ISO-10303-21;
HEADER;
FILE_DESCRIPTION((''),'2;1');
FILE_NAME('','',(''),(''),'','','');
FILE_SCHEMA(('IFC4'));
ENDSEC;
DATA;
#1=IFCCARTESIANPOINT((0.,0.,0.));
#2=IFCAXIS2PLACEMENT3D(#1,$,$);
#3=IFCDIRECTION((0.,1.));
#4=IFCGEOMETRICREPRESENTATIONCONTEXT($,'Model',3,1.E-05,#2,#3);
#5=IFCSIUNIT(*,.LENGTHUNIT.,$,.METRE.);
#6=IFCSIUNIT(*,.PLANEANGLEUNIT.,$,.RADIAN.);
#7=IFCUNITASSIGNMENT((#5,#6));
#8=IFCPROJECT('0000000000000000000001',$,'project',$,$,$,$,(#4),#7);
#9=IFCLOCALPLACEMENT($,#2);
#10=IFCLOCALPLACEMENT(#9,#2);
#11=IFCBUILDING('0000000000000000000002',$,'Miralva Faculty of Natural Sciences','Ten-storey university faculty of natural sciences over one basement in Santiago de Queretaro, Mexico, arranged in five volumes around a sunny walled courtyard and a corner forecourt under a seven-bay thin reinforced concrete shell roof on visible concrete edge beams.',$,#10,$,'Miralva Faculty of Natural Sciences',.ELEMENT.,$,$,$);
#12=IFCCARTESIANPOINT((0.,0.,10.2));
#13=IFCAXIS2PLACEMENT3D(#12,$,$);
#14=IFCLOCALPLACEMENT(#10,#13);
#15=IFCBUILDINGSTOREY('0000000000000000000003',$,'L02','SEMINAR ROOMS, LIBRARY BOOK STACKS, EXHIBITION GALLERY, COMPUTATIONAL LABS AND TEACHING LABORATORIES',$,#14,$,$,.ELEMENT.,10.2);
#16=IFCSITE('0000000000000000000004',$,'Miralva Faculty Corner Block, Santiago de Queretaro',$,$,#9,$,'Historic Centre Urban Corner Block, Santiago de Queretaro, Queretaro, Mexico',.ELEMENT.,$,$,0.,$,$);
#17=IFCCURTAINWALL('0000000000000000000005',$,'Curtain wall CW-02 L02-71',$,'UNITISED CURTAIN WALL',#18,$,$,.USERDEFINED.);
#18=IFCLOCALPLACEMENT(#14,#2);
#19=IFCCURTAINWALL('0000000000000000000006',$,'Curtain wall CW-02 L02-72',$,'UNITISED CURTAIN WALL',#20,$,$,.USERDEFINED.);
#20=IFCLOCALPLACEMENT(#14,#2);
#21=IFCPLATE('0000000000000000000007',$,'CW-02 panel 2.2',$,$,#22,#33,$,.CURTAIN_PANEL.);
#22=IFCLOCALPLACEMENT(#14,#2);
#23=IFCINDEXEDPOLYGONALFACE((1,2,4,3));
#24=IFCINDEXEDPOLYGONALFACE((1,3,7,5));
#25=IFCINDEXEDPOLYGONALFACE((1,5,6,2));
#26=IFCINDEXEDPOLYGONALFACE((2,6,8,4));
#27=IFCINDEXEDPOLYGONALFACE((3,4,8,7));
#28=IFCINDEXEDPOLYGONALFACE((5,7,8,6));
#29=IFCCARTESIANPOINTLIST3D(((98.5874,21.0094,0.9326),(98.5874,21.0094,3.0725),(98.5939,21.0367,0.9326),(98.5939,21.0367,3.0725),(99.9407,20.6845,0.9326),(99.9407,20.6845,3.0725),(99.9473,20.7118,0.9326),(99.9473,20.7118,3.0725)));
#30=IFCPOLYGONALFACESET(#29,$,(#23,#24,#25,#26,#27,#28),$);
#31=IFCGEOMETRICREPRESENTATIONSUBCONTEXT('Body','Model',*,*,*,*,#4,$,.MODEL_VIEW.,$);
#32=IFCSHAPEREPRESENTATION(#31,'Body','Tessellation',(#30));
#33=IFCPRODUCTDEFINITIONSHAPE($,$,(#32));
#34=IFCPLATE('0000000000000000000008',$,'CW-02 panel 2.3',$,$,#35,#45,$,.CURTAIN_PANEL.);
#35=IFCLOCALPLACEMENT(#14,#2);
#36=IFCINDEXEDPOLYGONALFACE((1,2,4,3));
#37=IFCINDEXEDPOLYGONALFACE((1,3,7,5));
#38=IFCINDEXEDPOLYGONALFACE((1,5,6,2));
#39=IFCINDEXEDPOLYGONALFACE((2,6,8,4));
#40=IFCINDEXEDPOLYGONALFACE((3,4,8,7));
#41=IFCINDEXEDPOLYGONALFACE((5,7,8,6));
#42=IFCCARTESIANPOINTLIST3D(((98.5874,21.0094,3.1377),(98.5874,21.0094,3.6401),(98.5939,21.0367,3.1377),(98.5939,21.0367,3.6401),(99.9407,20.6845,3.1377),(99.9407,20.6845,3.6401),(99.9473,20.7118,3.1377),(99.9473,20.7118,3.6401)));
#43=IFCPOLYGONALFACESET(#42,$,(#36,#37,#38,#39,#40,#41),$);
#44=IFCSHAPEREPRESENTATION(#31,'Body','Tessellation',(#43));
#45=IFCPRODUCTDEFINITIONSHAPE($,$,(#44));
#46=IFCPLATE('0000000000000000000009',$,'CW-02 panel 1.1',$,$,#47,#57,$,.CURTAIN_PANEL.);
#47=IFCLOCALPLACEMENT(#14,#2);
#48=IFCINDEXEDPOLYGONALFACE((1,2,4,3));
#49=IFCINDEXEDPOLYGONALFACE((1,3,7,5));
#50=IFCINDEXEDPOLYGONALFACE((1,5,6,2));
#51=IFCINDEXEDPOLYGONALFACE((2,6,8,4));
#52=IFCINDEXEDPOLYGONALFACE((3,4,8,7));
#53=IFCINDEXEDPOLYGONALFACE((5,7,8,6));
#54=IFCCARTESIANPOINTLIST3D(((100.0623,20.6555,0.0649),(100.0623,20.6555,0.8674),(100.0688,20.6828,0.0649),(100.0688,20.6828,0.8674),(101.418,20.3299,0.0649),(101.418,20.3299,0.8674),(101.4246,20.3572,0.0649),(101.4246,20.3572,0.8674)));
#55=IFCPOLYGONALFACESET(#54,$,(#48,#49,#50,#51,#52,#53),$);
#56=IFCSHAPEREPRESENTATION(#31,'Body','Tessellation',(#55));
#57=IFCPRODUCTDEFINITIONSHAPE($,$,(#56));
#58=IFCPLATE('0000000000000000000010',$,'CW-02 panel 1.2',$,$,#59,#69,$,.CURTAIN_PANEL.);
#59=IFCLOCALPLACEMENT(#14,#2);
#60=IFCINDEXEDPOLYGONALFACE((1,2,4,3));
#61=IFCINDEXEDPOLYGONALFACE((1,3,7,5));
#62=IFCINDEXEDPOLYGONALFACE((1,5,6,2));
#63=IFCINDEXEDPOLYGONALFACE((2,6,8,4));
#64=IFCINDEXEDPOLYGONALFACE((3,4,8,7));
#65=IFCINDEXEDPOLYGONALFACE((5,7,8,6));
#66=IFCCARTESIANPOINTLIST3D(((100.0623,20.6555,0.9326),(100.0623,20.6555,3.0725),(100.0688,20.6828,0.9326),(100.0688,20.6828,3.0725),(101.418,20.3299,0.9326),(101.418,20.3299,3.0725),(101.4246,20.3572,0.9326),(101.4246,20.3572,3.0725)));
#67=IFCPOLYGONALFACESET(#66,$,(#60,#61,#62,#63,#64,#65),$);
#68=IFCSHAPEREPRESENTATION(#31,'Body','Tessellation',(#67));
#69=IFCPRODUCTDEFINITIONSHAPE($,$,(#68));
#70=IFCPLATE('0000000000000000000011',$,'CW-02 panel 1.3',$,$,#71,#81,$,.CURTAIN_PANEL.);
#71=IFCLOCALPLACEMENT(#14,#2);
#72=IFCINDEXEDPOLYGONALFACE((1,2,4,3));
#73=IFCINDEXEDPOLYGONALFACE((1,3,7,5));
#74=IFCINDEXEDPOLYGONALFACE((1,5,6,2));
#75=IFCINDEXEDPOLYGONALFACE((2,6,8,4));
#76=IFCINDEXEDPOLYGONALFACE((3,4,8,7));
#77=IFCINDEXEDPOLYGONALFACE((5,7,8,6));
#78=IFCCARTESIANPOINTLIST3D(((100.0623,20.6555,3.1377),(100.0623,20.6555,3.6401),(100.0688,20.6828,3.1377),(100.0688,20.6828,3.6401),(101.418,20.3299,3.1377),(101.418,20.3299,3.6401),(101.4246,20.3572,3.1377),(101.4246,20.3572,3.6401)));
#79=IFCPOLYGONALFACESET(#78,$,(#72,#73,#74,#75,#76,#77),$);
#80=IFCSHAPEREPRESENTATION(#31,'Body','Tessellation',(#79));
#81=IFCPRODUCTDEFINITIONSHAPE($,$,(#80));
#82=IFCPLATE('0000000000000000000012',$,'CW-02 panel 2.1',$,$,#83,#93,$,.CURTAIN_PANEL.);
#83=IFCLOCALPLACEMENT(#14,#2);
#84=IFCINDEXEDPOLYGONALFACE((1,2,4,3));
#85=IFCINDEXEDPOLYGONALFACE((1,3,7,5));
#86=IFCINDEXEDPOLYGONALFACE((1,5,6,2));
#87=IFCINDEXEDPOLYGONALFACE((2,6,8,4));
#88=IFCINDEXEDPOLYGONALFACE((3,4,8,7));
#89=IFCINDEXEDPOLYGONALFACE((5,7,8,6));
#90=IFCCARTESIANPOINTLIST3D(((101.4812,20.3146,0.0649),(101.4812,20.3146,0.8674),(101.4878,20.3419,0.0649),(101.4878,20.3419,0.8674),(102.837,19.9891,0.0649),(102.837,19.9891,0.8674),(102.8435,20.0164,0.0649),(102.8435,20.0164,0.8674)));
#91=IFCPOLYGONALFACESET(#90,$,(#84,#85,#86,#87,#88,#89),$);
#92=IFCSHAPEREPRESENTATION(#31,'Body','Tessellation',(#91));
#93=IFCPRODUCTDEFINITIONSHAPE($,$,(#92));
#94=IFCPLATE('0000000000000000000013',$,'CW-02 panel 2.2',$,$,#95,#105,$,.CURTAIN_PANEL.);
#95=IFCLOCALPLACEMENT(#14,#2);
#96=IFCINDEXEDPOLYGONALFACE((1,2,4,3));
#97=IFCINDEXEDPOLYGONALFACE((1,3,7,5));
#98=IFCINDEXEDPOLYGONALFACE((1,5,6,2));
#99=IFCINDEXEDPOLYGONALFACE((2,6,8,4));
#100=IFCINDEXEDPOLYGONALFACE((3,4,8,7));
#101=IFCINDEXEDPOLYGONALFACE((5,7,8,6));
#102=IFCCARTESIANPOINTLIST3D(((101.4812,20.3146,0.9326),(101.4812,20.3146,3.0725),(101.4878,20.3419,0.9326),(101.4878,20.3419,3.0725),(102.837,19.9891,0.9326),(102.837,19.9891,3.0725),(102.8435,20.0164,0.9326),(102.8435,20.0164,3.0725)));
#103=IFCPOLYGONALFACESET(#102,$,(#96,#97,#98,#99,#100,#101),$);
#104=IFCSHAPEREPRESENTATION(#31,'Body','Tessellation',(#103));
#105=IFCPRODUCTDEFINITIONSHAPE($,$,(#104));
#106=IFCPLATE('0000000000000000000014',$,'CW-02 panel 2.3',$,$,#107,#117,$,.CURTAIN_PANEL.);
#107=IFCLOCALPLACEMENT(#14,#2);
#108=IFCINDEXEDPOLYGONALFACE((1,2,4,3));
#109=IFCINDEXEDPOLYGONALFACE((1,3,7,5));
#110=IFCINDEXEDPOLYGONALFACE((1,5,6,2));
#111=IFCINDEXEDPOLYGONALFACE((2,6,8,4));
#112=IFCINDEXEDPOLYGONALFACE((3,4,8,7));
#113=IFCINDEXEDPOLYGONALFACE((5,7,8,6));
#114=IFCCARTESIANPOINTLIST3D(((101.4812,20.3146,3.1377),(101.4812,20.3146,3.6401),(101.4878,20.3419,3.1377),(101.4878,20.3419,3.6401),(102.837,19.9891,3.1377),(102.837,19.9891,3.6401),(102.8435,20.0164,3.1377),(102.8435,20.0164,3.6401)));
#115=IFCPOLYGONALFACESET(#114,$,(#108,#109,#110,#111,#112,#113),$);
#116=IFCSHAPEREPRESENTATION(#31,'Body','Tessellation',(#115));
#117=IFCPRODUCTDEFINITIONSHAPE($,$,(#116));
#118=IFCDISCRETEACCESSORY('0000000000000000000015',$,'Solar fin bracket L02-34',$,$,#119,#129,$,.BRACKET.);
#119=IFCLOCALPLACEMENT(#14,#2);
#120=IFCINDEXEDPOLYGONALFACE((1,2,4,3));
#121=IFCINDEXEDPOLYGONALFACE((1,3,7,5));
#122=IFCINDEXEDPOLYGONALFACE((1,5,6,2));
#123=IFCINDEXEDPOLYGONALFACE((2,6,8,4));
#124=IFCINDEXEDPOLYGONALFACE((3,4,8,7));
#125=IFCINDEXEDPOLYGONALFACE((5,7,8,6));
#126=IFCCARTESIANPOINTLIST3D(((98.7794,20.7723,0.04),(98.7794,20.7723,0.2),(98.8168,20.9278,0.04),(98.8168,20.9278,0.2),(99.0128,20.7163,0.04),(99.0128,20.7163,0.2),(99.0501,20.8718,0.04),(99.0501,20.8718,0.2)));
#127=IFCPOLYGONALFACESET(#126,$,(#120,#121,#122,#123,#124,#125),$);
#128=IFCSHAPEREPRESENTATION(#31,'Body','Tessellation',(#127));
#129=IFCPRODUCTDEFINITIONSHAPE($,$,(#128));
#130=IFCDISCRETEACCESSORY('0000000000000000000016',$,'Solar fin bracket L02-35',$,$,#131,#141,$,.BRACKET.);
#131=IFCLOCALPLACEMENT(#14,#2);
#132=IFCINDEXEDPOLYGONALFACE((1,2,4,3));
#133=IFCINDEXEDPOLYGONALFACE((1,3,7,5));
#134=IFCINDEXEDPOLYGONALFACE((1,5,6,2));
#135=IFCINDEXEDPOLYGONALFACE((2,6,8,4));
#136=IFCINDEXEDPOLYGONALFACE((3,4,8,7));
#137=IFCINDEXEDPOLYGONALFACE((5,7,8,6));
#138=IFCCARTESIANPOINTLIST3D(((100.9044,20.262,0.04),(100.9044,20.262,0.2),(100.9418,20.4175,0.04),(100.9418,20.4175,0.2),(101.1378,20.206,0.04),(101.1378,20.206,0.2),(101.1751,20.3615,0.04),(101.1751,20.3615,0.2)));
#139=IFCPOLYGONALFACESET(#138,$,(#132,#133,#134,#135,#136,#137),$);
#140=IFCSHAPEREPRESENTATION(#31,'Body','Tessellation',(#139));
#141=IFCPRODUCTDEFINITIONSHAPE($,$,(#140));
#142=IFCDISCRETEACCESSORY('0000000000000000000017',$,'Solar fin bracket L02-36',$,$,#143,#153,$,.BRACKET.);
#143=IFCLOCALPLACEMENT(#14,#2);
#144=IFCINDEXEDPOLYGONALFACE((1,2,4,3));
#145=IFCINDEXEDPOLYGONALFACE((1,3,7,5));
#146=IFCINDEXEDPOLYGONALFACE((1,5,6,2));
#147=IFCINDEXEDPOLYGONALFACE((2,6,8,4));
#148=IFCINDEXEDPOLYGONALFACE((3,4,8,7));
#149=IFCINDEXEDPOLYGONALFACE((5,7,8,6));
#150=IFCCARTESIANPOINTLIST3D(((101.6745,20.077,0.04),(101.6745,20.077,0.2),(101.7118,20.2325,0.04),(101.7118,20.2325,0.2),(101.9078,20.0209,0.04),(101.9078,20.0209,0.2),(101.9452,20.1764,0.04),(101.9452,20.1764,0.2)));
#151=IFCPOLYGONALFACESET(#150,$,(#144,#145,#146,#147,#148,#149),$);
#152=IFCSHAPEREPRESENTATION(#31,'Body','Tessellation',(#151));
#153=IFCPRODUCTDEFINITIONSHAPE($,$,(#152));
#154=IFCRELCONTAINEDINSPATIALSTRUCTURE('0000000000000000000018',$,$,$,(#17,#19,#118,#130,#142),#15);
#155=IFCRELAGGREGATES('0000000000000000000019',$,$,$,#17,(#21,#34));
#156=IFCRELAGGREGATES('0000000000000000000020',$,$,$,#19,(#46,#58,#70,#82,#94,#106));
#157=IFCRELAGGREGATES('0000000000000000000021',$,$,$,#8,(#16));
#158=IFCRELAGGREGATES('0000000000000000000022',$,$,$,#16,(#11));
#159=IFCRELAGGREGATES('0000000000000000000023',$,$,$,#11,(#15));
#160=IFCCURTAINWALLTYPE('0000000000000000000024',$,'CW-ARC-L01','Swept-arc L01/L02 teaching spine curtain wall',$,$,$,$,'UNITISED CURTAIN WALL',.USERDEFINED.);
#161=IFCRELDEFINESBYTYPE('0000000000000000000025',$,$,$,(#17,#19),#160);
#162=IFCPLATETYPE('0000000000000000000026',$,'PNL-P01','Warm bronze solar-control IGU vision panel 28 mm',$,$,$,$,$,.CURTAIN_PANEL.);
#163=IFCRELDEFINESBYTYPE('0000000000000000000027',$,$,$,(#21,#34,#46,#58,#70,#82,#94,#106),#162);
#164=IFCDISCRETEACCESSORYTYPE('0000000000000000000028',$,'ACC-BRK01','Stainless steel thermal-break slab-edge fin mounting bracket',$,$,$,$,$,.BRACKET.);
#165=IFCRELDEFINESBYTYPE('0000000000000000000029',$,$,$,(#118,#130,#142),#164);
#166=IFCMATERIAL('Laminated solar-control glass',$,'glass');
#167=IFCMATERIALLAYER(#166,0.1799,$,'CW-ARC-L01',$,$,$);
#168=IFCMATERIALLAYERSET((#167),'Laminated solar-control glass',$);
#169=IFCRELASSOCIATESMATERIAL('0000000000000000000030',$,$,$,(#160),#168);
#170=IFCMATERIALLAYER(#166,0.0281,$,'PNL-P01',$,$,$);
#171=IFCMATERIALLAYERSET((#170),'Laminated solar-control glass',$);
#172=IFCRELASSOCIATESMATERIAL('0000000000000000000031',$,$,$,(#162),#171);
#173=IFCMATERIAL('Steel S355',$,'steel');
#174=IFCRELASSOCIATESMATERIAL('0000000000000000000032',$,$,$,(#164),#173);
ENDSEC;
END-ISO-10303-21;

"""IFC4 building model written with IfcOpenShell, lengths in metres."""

from ifc_helpers import new_model, si_unit, direction, frame, origin, origin_2d, place, context, subcontext, project, spatial, rectangle, extrude, material, layer, layer_set, type_object, element, aggregate, save


model = new_model("IFC4")

# Units and contexts
model_context = context("Model", 3, precision=1e-05, world=origin(), true_north=direction((0.0, 1.0)))
body_context = subcontext(model_context, "Body", "Model", "MODEL_VIEW")
ifc_project = project(units=[si_unit("LENGTHUNIT", "METRE"), si_unit("PLANEANGLEUNIT", "RADIAN")], contexts=[model_context])

# Site, building, storey
site_placement = place(None, origin())
site = spatial("IfcSite", under=ifc_project, at=site_placement, Name="Miralva Faculty Corner Block, Santiago de Queretaro", LongName="Historic Centre Urban Corner Block, Santiago de Queretaro, Queretaro, Mexico", CompositionType="ELEMENT", RefElevation=0.0)
building_placement = place(site_placement, origin())
building = spatial("IfcBuilding", under=site, at=building_placement, Name="Miralva Faculty of Natural Sciences", Description="Ten-storey university faculty of natural sciences over one basement in Santiago de Queretaro, Mexico, arranged in five volumes around a sunny walled courtyard and a corner forecourt under a seven-bay thin reinforced concrete shell roof on visible concrete edge beams.", LongName="Miralva Faculty of Natural Sciences", CompositionType="ELEMENT")
storey_placement = place(building_placement, frame((0.0, 0.0, 10.2)))
storey = spatial("IfcBuildingStorey", under=building, at=storey_placement, Name="L02", Description="SEMINAR ROOMS, LIBRARY BOOK STACKS, EXHIBITION GALLERY, COMPUTATIONAL LABS AND TEACHING LABORATORIES", CompositionType="ELEMENT", Elevation=10.2)

# Curtain walls
ifc_material_1 = material(Name="Laminated solar-control glass", Category="glass")
ifc_layer_1 = layer(ifc_material_1, 0.1799, Name="CW-ARC-L01")
ifc_layer_set_1 = layer_set([ifc_layer_1], Name="Laminated solar-control glass")
curtain_wall_type = type_object("IfcCurtainWallType", Name="CW-ARC-L01", Description="Swept-arc L01/L02 teaching spine curtain wall", ElementType="UNITISED CURTAIN WALL", PredefinedType="USERDEFINED", material=ifc_layer_set_1)
curtain_wall_1_placement = place(storey_placement, origin())
curtain_wall_1 = element("IfcCurtainWall", 1, at=curtain_wall_1_placement, inside=storey, type_object=curtain_wall_type, Name="Curtain wall CW-02 L02-71", ObjectType="UNITISED CURTAIN WALL", PredefinedType="USERDEFINED")
curtain_wall_2_placement = place(storey_placement, origin())
curtain_wall_2 = element("IfcCurtainWall", 2, at=curtain_wall_2_placement, inside=storey, type_object=curtain_wall_type, Name="Curtain wall CW-02 L02-72", ObjectType="UNITISED CURTAIN WALL", PredefinedType="USERDEFINED")

# Plates
ifc_layer_2 = layer(ifc_material_1, 0.0281, Name="PNL-P01")
ifc_layer_set_2 = layer_set([ifc_layer_2], Name="Laminated solar-control glass")
plate_type = type_object("IfcPlateType", Name="PNL-P01", Description="Warm bronze solar-control IGU vision panel 28 mm", PredefinedType="CURTAIN_PANEL", material=ifc_layer_set_2)
plate_1_placement = place(storey_placement, frame((99.2673, 20.8606, 0.9326), z_axis=(0.0, 0.0, 1.0), x_axis=(0.972367, -0.233457, 0.0)))
plate_1 = element("IfcPlate", 3, at=plate_1_placement, type_object=plate_type, Name="CW-02 panel 2.2", PredefinedType="CURTAIN_PANEL", context=body_context, shape_type="SweptSolid", body=[
    extrude(rectangle(XDim=1.3918, YDim=0.0281, at=origin_2d()), origin(), (0.0, 0.0, 1.0), 2.1399),
])
plate_2_placement = place(storey_placement, frame((99.2673, 20.8606, 3.1377), z_axis=(0.0, 0.0, 1.0), x_axis=(0.972367, -0.233457, 0.0)))
plate_2 = element("IfcPlate", 4, at=plate_2_placement, type_object=plate_type, Name="CW-02 panel 2.3", PredefinedType="CURTAIN_PANEL", context=body_context, shape_type="SweptSolid", body=[
    extrude(rectangle(XDim=1.3918, YDim=0.0281, at=origin_2d()), origin(), (0.0, 0.0, 1.0), 0.5024),
])
aggregate(curtain_wall_1, [plate_1, plate_2])
plate_3_placement = place(storey_placement, frame((100.7434, 20.5063, 0.0649), z_axis=(0.0, 0.0, 1.0), x_axis=(0.972365, -0.233464, 0.0)))
plate_3 = element("IfcPlate", 5, at=plate_3_placement, type_object=plate_type, Name="CW-02 panel 1.1", PredefinedType="CURTAIN_PANEL", context=body_context, shape_type="SweptSolid", body=[
    extrude(rectangle(XDim=1.3943, YDim=0.0281, at=origin_2d()), origin(), (0.0, 0.0, 1.0), 0.8025),
])
plate_4_placement = place(storey_placement, frame((100.7434, 20.5063, 0.9326), z_axis=(0.0, 0.0, 1.0), x_axis=(0.972365, -0.233464, 0.0)))
plate_4 = element("IfcPlate", 6, at=plate_4_placement, type_object=plate_type, Name="CW-02 panel 1.2", PredefinedType="CURTAIN_PANEL", context=body_context, shape_type="SweptSolid", body=[
    extrude(rectangle(XDim=1.3943, YDim=0.0281, at=origin_2d()), origin(), (0.0, 0.0, 1.0), 2.1399),
])
plate_5_placement = place(storey_placement, frame((100.7434, 20.5063, 3.1377), z_axis=(0.0, 0.0, 1.0), x_axis=(0.972365, -0.233464, 0.0)))
plate_5 = element("IfcPlate", 7, at=plate_5_placement, type_object=plate_type, Name="CW-02 panel 1.3", PredefinedType="CURTAIN_PANEL", context=body_context, shape_type="SweptSolid", body=[
    extrude(rectangle(XDim=1.3943, YDim=0.0281, at=origin_2d()), origin(), (0.0, 0.0, 1.0), 0.5024),
])
plate_6_placement = place(storey_placement, frame((102.1624, 20.1655, 0.0649), z_axis=(0.0, 0.0, 1.0), x_axis=(0.972365, -0.233464, 0.0)))
plate_6 = element("IfcPlate", 8, at=plate_6_placement, type_object=plate_type, Name="CW-02 panel 2.1", PredefinedType="CURTAIN_PANEL", context=body_context, shape_type="SweptSolid", body=[
    extrude(rectangle(XDim=1.3943, YDim=0.0281, at=origin_2d()), origin(), (0.0, 0.0, 1.0), 0.8025),
])
plate_7_placement = place(storey_placement, frame((102.1624, 20.1655, 0.9326), z_axis=(0.0, 0.0, 1.0), x_axis=(0.972365, -0.233464, 0.0)))
plate_7 = element("IfcPlate", 9, at=plate_7_placement, type_object=plate_type, Name="CW-02 panel 2.2", PredefinedType="CURTAIN_PANEL", context=body_context, shape_type="SweptSolid", body=[
    extrude(rectangle(XDim=1.3943, YDim=0.0281, at=origin_2d()), origin(), (0.0, 0.0, 1.0), 2.1399),
])
plate_8_placement = place(storey_placement, frame((102.1624, 20.1655, 3.1377), z_axis=(0.0, 0.0, 1.0), x_axis=(0.972365, -0.233464, 0.0)))
plate_8 = element("IfcPlate", 10, at=plate_8_placement, type_object=plate_type, Name="CW-02 panel 2.3", PredefinedType="CURTAIN_PANEL", context=body_context, shape_type="SweptSolid", body=[
    extrude(rectangle(XDim=1.3943, YDim=0.0281, at=origin_2d()), origin(), (0.0, 0.0, 1.0), 0.5024),
])
aggregate(curtain_wall_2, [plate_3, plate_4, plate_5, plate_6, plate_7, plate_8])

# Discrete accessories
ifc_material_2 = material(Name="Steel S355", Category="steel")
discrete_accessory_type = type_object("IfcDiscreteAccessoryType", Name="ACC-BRK01", Description="Stainless steel thermal-break slab-edge fin mounting bracket", PredefinedType="BRACKET", material=ifc_material_2)
for number, where, z_axis, x_axis, name in (
    (11, (98.9148, 20.822, 0.04), (0.0, 0.0, 1.0), (-0.233445, -0.97237, 0.0), "Solar fin bracket L02-34"),
    (12, (101.0398, 20.3118, 0.04), (0.0, 0.0, 1.0), (-0.233445, -0.97237, 0.0), "Solar fin bracket L02-35"),
    (13, (101.8098, 20.1267, 0.04), (0.0, 0.0, 1.0), (-0.233445, -0.97237, 0.0), "Solar fin bracket L02-36"),
):
    element("IfcDiscreteAccessory", number, at=place(storey_placement, frame(where, z_axis=z_axis, x_axis=x_axis)), inside=storey, type_object=discrete_accessory_type, Name=name, PredefinedType="BRACKET", context=body_context, shape_type="SweptSolid", body=[
        extrude(rectangle(XDim=0.1599, YDim=0.24, at=origin_2d()), origin(), (0.0, 0.0, 1.0), 0.1599),
    ])

save(model, "model.ifc")
